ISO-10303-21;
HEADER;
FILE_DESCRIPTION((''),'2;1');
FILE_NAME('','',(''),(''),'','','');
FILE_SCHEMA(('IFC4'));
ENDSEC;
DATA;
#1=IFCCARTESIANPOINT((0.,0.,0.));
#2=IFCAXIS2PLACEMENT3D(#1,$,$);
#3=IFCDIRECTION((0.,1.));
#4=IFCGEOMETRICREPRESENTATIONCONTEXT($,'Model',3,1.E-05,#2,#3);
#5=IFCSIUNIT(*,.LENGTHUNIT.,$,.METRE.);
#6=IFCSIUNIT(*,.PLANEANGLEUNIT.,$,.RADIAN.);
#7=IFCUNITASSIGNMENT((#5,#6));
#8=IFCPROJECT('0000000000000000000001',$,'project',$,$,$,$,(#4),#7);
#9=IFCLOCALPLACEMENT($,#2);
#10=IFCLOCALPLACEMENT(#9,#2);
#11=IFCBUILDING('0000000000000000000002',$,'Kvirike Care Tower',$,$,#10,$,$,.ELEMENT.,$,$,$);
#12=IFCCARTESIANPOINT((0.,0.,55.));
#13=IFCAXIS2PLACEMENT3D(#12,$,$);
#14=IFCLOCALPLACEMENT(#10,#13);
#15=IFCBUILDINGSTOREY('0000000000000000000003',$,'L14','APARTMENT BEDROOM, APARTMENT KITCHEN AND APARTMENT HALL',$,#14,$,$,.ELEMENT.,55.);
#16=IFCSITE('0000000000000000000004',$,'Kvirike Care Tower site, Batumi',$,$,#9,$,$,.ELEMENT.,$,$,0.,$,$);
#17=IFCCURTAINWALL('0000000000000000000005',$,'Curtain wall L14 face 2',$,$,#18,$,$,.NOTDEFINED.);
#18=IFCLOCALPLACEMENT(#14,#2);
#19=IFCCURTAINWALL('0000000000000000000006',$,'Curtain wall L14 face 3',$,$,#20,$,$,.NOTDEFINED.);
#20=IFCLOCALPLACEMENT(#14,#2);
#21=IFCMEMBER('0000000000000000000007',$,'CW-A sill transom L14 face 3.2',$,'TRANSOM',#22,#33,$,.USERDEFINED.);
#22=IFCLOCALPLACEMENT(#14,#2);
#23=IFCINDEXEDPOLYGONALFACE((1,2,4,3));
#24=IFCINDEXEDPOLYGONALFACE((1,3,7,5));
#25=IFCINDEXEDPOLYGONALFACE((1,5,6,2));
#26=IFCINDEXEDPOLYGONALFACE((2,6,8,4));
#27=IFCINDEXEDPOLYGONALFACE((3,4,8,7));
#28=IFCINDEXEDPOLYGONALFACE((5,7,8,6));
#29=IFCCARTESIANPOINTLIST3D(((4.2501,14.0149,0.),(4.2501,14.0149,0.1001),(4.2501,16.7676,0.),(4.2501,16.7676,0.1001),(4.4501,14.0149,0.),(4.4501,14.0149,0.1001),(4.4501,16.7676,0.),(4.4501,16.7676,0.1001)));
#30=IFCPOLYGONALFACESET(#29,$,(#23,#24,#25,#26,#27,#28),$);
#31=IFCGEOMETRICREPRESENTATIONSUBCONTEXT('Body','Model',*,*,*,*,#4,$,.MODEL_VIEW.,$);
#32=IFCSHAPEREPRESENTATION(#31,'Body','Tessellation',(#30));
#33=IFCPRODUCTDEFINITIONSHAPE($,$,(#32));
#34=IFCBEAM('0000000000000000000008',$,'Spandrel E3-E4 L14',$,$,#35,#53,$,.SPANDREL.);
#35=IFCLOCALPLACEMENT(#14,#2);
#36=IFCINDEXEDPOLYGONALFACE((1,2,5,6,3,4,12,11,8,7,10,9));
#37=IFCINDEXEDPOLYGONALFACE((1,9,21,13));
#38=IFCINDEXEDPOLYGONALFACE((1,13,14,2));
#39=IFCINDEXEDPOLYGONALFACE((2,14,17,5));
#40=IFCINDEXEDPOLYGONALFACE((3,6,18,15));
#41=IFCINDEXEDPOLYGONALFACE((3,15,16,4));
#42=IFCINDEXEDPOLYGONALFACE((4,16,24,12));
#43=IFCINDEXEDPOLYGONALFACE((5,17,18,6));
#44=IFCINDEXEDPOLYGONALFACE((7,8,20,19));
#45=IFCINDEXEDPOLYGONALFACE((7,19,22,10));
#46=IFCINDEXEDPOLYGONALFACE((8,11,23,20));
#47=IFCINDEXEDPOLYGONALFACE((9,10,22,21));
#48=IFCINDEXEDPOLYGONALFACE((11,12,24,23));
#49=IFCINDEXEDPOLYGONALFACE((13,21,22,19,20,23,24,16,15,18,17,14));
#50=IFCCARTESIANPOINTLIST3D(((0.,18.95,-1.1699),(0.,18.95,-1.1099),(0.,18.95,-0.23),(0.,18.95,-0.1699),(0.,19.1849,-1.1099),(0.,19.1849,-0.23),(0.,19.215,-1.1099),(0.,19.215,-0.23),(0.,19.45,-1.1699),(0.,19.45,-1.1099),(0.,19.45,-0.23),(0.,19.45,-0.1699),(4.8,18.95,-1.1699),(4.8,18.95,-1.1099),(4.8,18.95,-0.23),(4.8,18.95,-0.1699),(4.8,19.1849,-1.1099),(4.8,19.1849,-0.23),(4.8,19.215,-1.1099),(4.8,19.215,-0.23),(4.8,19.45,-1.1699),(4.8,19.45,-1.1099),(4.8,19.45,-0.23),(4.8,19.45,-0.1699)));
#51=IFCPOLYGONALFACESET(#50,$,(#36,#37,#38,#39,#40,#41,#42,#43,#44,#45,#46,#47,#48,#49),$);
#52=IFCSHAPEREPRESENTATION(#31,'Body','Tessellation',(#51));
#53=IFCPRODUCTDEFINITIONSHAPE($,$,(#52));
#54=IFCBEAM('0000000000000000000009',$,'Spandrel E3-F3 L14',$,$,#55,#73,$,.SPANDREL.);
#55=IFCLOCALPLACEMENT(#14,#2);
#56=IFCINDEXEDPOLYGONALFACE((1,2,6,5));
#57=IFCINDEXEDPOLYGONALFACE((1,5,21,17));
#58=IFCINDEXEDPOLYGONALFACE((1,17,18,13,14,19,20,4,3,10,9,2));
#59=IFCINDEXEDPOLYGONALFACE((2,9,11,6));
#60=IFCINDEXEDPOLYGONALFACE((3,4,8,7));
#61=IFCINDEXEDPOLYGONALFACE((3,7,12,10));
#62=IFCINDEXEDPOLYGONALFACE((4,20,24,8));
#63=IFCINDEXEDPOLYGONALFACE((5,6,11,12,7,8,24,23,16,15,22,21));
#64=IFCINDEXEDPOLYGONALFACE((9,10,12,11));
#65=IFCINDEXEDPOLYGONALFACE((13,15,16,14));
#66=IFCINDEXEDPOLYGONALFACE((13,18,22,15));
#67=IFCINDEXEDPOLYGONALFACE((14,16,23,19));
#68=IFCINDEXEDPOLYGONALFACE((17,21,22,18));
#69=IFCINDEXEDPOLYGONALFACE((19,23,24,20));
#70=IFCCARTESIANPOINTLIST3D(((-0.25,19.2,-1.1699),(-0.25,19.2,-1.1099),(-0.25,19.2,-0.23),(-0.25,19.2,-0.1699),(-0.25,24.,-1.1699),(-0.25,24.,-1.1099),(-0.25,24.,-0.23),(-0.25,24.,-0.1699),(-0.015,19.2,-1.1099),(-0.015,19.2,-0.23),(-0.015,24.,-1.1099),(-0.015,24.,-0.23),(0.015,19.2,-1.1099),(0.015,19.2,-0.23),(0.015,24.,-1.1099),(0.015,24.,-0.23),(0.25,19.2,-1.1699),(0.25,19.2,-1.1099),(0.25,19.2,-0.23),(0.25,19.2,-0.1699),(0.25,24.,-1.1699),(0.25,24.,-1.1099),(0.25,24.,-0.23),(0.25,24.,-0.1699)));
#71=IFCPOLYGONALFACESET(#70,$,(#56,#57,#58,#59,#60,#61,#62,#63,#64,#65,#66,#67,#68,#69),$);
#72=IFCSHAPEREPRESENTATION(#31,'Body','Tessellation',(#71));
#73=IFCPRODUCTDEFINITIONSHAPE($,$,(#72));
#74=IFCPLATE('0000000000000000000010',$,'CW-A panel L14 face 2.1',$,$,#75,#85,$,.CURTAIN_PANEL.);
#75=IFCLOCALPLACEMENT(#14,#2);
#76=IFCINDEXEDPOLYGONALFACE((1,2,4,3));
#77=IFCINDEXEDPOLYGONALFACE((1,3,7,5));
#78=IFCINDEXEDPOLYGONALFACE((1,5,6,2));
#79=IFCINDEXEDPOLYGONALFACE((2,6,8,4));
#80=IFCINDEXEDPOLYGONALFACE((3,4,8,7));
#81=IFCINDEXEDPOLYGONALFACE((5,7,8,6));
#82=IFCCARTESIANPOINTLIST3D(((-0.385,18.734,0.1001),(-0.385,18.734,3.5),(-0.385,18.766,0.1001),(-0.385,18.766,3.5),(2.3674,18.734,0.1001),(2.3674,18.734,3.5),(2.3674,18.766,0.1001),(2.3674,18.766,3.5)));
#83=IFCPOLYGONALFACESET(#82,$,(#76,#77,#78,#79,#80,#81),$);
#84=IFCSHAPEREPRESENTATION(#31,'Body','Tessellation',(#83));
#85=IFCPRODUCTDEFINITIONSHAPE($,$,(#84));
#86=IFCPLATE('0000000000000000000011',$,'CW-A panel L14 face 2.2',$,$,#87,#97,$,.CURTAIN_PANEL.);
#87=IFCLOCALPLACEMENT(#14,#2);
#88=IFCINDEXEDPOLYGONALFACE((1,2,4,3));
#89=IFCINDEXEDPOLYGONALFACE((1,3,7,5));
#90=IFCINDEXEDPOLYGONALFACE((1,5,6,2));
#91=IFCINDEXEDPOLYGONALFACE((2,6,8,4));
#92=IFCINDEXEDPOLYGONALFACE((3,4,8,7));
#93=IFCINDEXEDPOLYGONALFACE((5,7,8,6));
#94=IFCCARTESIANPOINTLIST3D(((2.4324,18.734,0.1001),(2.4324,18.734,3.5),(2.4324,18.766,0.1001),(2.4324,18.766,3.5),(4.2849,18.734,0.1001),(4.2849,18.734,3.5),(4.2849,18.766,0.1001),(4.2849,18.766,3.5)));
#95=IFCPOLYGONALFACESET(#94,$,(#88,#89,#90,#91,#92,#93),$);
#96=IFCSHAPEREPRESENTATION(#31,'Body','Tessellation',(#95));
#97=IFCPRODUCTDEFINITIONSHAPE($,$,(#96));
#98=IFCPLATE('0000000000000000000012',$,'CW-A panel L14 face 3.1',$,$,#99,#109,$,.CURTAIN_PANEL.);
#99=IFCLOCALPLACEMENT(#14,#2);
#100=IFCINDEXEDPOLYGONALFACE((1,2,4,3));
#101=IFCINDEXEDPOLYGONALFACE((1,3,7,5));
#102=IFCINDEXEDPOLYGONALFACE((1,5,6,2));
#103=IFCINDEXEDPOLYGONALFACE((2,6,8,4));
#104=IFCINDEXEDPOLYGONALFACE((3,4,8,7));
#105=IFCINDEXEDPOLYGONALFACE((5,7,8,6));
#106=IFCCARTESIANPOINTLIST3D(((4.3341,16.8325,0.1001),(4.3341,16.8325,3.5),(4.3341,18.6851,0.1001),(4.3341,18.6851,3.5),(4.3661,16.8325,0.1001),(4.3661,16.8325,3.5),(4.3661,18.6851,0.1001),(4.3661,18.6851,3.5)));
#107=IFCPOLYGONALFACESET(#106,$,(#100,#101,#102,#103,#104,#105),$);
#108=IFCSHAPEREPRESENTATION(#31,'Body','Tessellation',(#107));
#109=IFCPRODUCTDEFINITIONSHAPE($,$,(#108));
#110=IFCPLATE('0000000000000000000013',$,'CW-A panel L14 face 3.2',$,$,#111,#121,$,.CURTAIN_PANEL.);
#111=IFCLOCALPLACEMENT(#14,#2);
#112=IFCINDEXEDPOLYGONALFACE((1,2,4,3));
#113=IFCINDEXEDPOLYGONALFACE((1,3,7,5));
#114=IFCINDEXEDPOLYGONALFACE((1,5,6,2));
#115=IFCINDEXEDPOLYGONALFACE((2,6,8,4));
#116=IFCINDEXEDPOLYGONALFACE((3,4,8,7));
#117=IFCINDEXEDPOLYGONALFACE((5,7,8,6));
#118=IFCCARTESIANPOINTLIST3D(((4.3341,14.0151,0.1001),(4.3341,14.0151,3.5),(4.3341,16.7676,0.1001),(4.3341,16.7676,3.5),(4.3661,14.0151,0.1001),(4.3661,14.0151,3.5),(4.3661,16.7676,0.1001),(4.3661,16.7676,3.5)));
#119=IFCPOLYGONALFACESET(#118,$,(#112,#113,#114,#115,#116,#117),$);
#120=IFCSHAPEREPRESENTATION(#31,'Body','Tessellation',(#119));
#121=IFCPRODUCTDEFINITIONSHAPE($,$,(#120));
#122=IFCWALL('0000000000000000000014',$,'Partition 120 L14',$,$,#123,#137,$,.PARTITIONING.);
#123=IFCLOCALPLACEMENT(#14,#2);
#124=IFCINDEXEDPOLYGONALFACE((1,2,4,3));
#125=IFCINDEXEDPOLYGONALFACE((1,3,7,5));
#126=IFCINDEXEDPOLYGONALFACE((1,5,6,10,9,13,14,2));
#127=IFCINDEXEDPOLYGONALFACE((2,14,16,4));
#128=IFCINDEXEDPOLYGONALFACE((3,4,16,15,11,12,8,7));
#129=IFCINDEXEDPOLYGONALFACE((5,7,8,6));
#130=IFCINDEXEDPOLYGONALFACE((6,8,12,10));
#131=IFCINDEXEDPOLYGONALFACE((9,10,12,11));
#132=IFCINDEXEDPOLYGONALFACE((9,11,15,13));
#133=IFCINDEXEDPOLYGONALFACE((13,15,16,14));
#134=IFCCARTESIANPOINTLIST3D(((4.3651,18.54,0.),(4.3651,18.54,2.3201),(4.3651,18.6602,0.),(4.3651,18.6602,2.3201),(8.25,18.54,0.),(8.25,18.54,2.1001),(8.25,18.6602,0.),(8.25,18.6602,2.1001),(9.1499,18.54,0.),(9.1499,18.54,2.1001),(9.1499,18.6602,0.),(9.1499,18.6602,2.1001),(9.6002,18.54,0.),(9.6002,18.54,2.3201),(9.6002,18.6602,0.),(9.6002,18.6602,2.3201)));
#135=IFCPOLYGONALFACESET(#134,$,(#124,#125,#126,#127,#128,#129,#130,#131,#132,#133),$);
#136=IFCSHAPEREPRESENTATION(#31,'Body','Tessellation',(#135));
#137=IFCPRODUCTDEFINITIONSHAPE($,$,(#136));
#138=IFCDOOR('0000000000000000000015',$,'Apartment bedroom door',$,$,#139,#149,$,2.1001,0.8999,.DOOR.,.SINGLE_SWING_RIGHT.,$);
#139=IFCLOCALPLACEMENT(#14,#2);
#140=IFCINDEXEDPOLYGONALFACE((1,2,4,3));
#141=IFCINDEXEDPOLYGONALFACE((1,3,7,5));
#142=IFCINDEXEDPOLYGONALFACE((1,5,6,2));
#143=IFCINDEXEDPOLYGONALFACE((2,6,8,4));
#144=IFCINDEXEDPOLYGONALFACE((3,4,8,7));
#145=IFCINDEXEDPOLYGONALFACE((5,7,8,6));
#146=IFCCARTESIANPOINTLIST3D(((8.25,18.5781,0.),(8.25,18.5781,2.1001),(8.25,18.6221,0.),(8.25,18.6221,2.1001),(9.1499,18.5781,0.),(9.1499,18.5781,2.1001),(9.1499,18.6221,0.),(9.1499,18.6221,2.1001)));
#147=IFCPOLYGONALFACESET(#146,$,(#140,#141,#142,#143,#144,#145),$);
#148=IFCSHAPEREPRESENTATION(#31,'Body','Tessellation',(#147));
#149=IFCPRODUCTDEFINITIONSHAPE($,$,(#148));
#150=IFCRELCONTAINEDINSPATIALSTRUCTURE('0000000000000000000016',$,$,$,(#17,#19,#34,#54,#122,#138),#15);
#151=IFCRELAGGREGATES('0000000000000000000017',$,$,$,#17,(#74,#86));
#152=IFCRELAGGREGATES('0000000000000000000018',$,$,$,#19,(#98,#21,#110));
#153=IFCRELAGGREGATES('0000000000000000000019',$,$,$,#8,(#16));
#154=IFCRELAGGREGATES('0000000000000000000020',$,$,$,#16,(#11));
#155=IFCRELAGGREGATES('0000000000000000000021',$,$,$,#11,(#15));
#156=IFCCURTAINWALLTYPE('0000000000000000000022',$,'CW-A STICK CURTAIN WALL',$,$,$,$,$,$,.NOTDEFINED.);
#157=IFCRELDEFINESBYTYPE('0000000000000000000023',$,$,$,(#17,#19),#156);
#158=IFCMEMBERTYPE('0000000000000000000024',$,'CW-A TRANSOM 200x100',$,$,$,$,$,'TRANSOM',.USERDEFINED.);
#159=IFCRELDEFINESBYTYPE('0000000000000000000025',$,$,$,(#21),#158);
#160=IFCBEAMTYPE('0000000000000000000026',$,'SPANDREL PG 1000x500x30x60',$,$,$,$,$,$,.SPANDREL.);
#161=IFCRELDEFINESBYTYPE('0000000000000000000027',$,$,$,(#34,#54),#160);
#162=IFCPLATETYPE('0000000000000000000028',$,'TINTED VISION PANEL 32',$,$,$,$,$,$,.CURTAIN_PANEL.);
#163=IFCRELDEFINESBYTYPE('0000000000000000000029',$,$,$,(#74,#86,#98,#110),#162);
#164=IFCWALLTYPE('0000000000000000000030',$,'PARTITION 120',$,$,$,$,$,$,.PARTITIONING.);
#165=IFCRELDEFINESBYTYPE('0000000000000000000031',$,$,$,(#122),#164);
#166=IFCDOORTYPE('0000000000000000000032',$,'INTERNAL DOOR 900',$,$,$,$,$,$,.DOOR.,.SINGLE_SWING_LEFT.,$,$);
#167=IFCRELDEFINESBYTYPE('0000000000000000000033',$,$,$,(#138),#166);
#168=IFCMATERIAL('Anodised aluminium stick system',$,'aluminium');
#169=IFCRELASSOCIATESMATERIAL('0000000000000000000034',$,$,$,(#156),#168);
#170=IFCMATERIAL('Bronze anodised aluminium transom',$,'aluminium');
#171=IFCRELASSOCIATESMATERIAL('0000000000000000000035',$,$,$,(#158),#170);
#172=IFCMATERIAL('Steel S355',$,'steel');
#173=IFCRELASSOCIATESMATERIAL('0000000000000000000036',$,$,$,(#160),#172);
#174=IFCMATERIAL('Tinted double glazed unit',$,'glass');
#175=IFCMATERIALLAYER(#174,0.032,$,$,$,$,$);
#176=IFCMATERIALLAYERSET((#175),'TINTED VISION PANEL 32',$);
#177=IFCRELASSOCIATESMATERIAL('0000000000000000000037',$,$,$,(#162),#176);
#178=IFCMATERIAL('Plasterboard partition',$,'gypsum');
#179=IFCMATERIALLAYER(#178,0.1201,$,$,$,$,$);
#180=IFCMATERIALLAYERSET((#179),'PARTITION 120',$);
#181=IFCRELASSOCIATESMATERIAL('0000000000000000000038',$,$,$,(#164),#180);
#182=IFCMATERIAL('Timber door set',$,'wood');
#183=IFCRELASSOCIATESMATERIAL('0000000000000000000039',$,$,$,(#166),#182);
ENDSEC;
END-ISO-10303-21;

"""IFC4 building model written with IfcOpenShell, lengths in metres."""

from ifc_helpers import new_model, si_unit, direction, frame, frame_2d, origin, origin_2d, place, context, subcontext, project, spatial, rectangle, i_section, extrude, material, layer, layer_set, material_profile, profile_set, type_object, element, fill, aggregate, save


model = new_model("IFC4")

# Units and contexts
model_context = context("Model", 3, precision=1e-05, world=origin(), true_north=direction((0.0, 1.0)))
body_context = subcontext(model_context, "Body", "Model", "MODEL_VIEW")
ifc_project = project(units=[si_unit("LENGTHUNIT", "METRE"), si_unit("PLANEANGLEUNIT", "RADIAN")], contexts=[model_context])

# Site, building, storey
site_placement = place(None, origin())
site = spatial("IfcSite", under=ifc_project, at=site_placement, Name="Kvirike Care Tower site, Batumi", CompositionType="ELEMENT", RefElevation=0.0)
building_placement = place(site_placement, origin())
building = spatial("IfcBuilding", under=site, at=building_placement, Name="Kvirike Care Tower", CompositionType="ELEMENT")
storey_placement = place(building_placement, frame((0.0, 0.0, 55.0)))
storey = spatial("IfcBuildingStorey", under=building, at=storey_placement, Name="L14", Description="APARTMENT BEDROOM, APARTMENT KITCHEN AND APARTMENT HALL", CompositionType="ELEMENT", Elevation=55.0)

# Curtain walls
ifc_material_1 = material(Name="Anodised aluminium stick system", Category="aluminium")
curtain_wall_type = type_object("IfcCurtainWallType", Name="CW-A STICK CURTAIN WALL", PredefinedType="NOTDEFINED", material=ifc_material_1)
curtain_wall_1_placement = place(storey_placement, origin())
curtain_wall_1 = element("IfcCurtainWall", 1, at=curtain_wall_1_placement, inside=storey, type_object=curtain_wall_type, Name="Curtain wall L14 face 2", PredefinedType="NOTDEFINED")
curtain_wall_2_placement = place(storey_placement, origin())
curtain_wall_2 = element("IfcCurtainWall", 2, at=curtain_wall_2_placement, inside=storey, type_object=curtain_wall_type, Name="Curtain wall L14 face 3", PredefinedType="NOTDEFINED")

# Member
ifc_material_2 = material(Name="Bronze anodised aluminium transom", Category="aluminium")
ifc_material_profile_1 = material_profile(ifc_material_2, rectangle(XDim=0.2, YDim=0.1001, at=origin_2d()), Name="CW-A TRANSOM 200x100")
ifc_profile_set_1 = profile_set([ifc_material_profile_1], Name="Bronze anodised aluminium transom")
member_type_1 = type_object("IfcMemberType", Name="CW-A TRANSOM 200x100", ElementType="TRANSOM", PredefinedType="USERDEFINED", material=ifc_profile_set_1)
member_1_placement = place(storey_placement, frame((4.3501, 16.7676, 0.05), z_axis=(0.0, -1.0, 0.0), x_axis=(1.0, 0.0, 0.0)))
member_1 = element("IfcMember", 3, at=member_1_placement, type_object=member_type_1, Name="CW-A sill transom L14 face 3.2", ObjectType="TRANSOM", PredefinedType="USERDEFINED", context=body_context, shape_type="SweptSolid", body=[
    extrude(rectangle(XDim=0.2, YDim=0.1001, at=origin_2d()), origin(), (0.0, 0.0, 1.0), 2.7527),
])

# Beams
ifc_material_3 = material(Name="Steel S355", Category="steel")
ifc_material_profile_2 = material_profile(ifc_material_3, i_section(OverallWidth=0.5, OverallDepth=1.0, WebThickness=0.03, FlangeThickness=0.0601, at=origin_2d()), Name="PG 1000x500x30x60")
ifc_profile_set_2 = profile_set([ifc_material_profile_2], Name="Steel S355")
beam_type = type_object("IfcBeamType", Name="SPANDREL PG 1000x500x30x60", PredefinedType="SPANDREL", material=ifc_profile_set_2)
for number, where, z_axis, x_axis, name in (
    (4, (0.0, 19.2, -0.6699), (1.0, 0.0, 0.0), (0.0, 1.0, 0.0), "Spandrel E3-E4 L14"),
    (5, (0.0, 19.2, -0.6699), (0.0, 1.0, 0.0), (-1.0, 0.0, 0.0), "Spandrel E3-F3 L14"),
):
    element("IfcBeam", number, at=place(storey_placement, frame(where, z_axis=z_axis, x_axis=x_axis)), inside=storey, type_object=beam_type, Name=name, PredefinedType="SPANDREL", context=body_context, shape_type="SweptSolid", body=[
        extrude(i_section(OverallWidth=0.5, OverallDepth=1.0, WebThickness=0.03, FlangeThickness=0.0601, at=origin_2d()), origin(), (0.0, 0.0, 1.0), 4.8),
    ])

# Plates
ifc_material_4 = material(Name="Tinted double glazed unit", Category="glass")
ifc_layer_1 = layer(ifc_material_4, 0.032)
ifc_layer_set_1 = layer_set([ifc_layer_1], Name="TINTED VISION PANEL 32")
plate_type = type_object("IfcPlateType", Name="TINTED VISION PANEL 32", PredefinedType="CURTAIN_PANEL", material=ifc_layer_set_1)
plate_1_placement = place(storey_placement, frame((0.9912, 18.75, 0.1001), z_axis=(0.0, 0.0, 1.0), x_axis=(1.0, 0.0, 0.0)))
plate_1 = element("IfcPlate", 6, at=plate_1_placement, type_object=plate_type, Name="CW-A panel L14 face 2.1", PredefinedType="CURTAIN_PANEL", context=body_context, shape_type="SweptSolid", body=[
    extrude(rectangle(XDim=2.7524, YDim=0.032, at=origin_2d()), origin(), (0.0, 0.0, 1.0), 3.3999),
])
plate_2_placement = place(storey_placement, frame((3.3586, 18.75, 0.1001), z_axis=(0.0, 0.0, 1.0), x_axis=(1.0, 0.0, 0.0)))
plate_2 = element("IfcPlate", 7, at=plate_2_placement, type_object=plate_type, Name="CW-A panel L14 face 2.2", PredefinedType="CURTAIN_PANEL", context=body_context, shape_type="SweptSolid", body=[
    extrude(rectangle(XDim=1.8525, YDim=0.032, at=origin_2d()), origin(), (0.0, 0.0, 1.0), 3.3999),
])
aggregate(curtain_wall_1, [plate_1, plate_2])
plate_3_placement = place(storey_placement, frame((4.3501, 17.7588, 0.1001), z_axis=(0.0, 0.0, 1.0), x_axis=(0.0, -1.0, 0.0)))
plate_3 = element("IfcPlate", 8, at=plate_3_placement, type_object=plate_type, Name="CW-A panel L14 face 3.1", PredefinedType="CURTAIN_PANEL", context=body_context, shape_type="SweptSolid", body=[
    extrude(rectangle(XDim=1.8525, YDim=0.032, at=origin_2d()), origin(), (0.0, 0.0, 1.0), 3.3999),
])
plate_4_placement = place(storey_placement, frame((4.3501, 15.3914, 0.1001), z_axis=(0.0, 0.0, 1.0), x_axis=(0.0, -1.0, 0.0)))
plate_4 = element("IfcPlate", 9, at=plate_4_placement, type_object=plate_type, Name="CW-A panel L14 face 3.2", PredefinedType="CURTAIN_PANEL", context=body_context, shape_type="SweptSolid", body=[
    extrude(rectangle(XDim=2.7524, YDim=0.032, at=origin_2d()), origin(), (0.0, 0.0, 1.0), 3.3999),
])
aggregate(curtain_wall_2, [plate_3, member_1, plate_4])

# Wall, opening, door
ifc_material_5 = material(Name="Plasterboard partition", Category="gypsum")
ifc_layer_2 = layer(ifc_material_5, 0.1201)
ifc_layer_set_2 = layer_set([ifc_layer_2], Name="PARTITION 120")
wall_type = type_object("IfcWallType", Name="PARTITION 120", PredefinedType="PARTITIONING", material=ifc_layer_set_2)
wall_placement = place(storey_placement, frame((4.365, 18.6001, 0.0), z_axis=(0.0, 0.0, 1.0), x_axis=(1.0, 0.0, 0.0)))
wall = element("IfcWall", 10, at=wall_placement, inside=storey, type_object=wall_type, Name="Partition 120 L14", PredefinedType="PARTITIONING", context=body_context, shape_type="SweptSolid", body=[
    extrude(rectangle(XDim=5.2351, YDim=0.1201, at=frame_2d((2.6177, 0.0))), origin(), (0.0, 0.0, 1.0), 2.3201),
])
opening_placement = place(wall_placement, frame((3.885, 0.0, 0.0)))
opening = element("IfcOpeningElement", 11, at=opening_placement, cuts=wall, PredefinedType="OPENING", context=body_context, shape_type="SweptSolid", body=[
    extrude(rectangle(XDim=0.8999, YDim=2.1001, at=frame_2d((0.45, 1.05))), frame((0.0, 0.0706, 0.0), z_axis=(0.0, -1.0, 0.0), x_axis=(1.0, 0.0, 0.0)), (0.0, 0.0, 1.0), 0.1411),
])
ifc_material_6 = material(Name="Timber door set", Category="wood")
door_type = type_object("IfcDoorType", Name="INTERNAL DOOR 900", OperationType="SINGLE_SWING_LEFT", PredefinedType="DOOR", material=ifc_material_6)
door_placement = place(opening_placement, frame((0.8999, 0.0, 0.0), z_axis=(0.0, 0.0, 1.0), x_axis=(-1.0, 0.0, 0.0)))
door = element("IfcDoor", 12, at=door_placement, inside=storey, type_object=door_type, Name="Apartment bedroom door", OperationType="SINGLE_SWING_RIGHT", OverallHeight=2.1001, OverallWidth=0.8999, PredefinedType="DOOR", context=body_context, shape_type="SweptSolid", body=[
    extrude(rectangle(XDim=0.8999, YDim=2.1001, at=frame_2d((0.45, 1.05))), frame((0.0, 0.022, 0.0), z_axis=(0.0, -1.0, 0.0), x_axis=(1.0, 0.0, 0.0)), (0.0, 0.0, 1.0), 0.0439),
])
fill(opening, door)

save(model, "model.ifc")
